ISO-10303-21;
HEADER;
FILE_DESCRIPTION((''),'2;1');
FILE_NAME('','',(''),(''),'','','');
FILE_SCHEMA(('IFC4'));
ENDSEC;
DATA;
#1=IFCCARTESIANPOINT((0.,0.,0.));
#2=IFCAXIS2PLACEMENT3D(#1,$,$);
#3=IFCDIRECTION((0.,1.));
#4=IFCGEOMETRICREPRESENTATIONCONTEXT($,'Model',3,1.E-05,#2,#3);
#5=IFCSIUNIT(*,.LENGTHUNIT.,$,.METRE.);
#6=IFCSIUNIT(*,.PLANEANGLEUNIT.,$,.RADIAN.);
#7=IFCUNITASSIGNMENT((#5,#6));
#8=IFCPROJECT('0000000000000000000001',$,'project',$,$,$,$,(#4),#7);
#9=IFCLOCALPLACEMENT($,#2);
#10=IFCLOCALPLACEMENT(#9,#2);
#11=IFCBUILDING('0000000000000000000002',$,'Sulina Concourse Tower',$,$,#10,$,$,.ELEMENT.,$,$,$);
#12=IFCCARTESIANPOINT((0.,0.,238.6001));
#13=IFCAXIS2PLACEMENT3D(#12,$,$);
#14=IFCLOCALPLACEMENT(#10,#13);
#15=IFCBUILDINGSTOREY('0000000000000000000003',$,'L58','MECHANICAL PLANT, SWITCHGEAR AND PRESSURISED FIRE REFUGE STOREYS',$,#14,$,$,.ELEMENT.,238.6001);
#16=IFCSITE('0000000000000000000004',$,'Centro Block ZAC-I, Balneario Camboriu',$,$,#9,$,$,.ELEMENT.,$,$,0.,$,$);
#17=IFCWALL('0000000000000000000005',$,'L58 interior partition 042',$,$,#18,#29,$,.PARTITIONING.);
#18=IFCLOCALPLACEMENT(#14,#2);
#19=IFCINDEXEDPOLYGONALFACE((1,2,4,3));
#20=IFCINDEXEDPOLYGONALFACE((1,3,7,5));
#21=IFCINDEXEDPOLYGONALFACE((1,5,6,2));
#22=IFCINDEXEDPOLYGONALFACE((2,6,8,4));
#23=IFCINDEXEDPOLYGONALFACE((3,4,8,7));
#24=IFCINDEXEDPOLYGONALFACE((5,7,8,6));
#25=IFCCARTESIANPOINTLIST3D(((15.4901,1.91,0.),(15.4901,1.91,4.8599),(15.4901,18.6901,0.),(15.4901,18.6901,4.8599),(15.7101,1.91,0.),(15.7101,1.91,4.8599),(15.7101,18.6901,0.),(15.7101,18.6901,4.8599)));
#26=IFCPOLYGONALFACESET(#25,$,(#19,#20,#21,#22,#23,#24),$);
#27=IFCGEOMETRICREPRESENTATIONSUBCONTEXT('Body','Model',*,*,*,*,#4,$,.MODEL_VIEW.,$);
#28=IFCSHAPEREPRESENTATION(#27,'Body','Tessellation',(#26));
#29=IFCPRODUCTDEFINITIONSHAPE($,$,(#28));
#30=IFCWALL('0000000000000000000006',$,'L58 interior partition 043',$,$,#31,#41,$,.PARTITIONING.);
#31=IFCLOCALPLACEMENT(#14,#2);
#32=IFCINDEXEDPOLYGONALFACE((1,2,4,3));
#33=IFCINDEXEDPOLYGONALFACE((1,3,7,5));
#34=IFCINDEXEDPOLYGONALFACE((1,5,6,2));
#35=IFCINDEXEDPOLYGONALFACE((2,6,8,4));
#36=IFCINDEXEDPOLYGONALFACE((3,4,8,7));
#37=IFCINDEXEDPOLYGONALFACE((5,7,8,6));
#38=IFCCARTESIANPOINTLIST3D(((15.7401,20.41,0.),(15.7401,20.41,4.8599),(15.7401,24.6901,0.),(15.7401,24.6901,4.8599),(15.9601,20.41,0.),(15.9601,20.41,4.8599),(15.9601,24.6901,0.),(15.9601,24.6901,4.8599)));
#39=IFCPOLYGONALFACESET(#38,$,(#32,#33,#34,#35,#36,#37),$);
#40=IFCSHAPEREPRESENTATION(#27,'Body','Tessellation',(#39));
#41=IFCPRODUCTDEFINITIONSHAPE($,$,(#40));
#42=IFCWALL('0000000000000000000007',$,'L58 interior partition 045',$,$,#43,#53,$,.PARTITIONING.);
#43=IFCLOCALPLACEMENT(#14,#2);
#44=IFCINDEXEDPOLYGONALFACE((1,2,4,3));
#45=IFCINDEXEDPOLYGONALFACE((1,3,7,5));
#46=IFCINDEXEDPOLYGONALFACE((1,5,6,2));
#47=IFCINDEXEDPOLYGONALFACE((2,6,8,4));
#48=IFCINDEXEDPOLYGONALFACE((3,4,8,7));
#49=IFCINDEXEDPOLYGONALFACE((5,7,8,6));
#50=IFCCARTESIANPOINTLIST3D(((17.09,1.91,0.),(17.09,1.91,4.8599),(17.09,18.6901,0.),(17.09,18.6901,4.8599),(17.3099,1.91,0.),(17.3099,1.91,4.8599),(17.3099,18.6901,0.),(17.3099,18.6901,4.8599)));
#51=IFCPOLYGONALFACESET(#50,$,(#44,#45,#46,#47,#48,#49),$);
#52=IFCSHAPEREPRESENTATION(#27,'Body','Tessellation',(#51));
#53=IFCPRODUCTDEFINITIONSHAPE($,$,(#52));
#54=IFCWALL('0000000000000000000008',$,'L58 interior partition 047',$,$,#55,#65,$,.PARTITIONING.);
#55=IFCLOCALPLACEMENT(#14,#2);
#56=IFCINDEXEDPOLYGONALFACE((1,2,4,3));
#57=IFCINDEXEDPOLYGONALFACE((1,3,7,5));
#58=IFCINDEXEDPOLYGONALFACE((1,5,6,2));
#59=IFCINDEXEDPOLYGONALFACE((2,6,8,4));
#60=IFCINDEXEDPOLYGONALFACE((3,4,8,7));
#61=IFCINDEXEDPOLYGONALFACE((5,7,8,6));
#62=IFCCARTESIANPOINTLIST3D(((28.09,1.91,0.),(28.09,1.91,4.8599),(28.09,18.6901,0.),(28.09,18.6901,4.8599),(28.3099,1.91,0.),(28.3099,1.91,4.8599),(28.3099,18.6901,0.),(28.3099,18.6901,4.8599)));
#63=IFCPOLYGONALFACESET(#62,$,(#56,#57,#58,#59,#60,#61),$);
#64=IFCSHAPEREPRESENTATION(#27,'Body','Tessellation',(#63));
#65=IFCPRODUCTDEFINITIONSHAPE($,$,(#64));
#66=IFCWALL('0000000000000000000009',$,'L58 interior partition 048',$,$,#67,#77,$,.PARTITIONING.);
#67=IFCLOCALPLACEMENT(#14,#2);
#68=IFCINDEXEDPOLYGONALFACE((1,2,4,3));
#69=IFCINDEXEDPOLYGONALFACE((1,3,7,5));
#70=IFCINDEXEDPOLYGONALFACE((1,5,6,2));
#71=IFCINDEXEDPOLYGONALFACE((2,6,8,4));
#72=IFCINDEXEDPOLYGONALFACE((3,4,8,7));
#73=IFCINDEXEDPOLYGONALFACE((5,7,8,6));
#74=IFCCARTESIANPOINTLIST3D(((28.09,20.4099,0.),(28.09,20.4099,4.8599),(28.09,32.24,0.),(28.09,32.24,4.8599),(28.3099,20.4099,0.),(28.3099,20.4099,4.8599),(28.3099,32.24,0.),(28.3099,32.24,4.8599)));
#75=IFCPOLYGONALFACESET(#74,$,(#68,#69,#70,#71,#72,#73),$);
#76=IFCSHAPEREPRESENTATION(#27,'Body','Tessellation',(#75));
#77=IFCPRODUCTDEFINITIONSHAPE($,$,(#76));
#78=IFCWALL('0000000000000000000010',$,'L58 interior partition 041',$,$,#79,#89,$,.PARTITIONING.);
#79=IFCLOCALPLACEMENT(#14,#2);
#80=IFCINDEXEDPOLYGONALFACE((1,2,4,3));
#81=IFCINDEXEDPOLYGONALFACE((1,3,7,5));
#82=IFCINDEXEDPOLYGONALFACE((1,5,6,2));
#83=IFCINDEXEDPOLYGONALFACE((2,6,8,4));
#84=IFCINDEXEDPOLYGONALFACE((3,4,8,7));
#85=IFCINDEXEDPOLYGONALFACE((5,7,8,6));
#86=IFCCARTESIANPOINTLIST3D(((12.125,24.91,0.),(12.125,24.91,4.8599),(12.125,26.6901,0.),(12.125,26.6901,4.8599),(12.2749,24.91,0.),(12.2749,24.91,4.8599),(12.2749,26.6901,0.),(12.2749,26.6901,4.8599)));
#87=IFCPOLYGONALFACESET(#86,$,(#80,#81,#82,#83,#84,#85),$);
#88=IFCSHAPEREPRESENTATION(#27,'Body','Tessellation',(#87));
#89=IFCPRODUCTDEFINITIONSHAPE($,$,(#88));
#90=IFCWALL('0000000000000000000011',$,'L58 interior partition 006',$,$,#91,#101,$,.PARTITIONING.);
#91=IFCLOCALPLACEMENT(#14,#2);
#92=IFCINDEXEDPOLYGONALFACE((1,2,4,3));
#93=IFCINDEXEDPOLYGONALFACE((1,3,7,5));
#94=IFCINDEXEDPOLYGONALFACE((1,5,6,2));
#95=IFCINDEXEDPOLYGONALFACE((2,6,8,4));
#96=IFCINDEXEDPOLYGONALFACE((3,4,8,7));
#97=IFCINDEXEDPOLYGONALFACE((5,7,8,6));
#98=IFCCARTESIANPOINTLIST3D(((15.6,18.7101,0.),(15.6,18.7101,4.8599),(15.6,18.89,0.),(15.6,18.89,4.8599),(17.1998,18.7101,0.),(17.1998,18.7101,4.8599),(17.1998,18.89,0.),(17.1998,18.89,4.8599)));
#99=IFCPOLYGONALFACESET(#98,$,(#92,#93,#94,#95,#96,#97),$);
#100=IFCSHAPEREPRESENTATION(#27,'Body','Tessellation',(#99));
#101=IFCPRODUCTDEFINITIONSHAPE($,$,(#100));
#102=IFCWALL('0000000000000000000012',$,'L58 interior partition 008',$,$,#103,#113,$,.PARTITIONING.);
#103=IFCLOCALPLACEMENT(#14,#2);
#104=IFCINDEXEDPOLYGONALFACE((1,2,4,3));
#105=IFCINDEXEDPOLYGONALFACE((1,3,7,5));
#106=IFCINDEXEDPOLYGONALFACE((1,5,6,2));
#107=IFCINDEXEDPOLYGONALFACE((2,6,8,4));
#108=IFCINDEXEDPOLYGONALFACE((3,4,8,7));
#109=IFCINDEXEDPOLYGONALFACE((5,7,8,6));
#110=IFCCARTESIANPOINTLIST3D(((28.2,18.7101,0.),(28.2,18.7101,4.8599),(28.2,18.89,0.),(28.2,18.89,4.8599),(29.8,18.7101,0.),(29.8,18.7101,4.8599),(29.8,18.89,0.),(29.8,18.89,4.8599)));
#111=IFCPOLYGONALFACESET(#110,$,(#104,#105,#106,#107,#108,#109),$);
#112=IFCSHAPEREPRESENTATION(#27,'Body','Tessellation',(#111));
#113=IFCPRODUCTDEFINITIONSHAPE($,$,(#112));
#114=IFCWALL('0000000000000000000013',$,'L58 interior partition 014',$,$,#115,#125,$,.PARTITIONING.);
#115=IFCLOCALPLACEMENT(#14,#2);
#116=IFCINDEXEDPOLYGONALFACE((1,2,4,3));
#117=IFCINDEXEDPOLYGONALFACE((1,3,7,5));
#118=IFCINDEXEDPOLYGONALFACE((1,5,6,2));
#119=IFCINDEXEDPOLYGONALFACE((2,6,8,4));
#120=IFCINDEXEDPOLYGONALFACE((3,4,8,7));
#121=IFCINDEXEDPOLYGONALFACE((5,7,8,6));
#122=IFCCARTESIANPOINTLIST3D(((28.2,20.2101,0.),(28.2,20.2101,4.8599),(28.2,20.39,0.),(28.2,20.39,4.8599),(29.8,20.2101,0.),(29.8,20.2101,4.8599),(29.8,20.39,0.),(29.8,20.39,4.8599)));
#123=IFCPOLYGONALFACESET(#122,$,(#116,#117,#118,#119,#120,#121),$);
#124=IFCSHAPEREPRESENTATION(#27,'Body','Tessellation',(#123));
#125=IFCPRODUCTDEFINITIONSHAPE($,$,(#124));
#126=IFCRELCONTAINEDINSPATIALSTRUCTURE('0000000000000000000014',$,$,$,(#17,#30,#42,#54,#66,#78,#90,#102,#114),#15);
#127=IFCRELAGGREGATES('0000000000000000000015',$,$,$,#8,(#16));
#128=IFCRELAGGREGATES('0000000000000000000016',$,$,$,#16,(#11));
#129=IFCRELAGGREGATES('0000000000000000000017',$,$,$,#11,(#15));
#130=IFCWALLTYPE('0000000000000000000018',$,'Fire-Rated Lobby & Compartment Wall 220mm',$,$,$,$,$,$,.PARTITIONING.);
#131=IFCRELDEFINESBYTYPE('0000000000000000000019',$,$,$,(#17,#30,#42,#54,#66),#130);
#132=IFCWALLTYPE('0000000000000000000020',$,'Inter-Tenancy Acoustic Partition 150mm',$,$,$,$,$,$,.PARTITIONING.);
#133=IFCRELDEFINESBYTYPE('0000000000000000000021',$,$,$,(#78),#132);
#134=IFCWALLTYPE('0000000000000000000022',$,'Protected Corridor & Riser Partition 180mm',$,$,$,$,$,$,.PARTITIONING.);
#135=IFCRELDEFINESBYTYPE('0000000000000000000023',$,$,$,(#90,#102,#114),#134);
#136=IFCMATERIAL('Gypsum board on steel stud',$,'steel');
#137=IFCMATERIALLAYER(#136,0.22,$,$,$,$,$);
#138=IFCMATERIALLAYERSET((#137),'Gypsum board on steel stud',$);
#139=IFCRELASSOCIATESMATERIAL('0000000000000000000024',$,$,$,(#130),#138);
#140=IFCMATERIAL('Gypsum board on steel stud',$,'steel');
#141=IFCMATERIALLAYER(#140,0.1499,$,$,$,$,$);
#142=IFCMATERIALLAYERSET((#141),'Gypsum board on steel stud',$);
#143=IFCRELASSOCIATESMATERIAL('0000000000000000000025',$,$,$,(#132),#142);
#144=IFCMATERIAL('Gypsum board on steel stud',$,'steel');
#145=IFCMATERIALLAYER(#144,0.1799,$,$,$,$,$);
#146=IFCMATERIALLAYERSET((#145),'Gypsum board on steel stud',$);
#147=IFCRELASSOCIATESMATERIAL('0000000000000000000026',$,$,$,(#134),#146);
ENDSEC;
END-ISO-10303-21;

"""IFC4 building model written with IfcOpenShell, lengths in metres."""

from ifc_helpers import new_model, si_unit, direction, frame, frame_2d, origin, place, context, subcontext, project, spatial, rectangle, extrude, material, layer, layer_set, type_object, element, save


model = new_model("IFC4")

# Units and contexts
model_context = context("Model", 3, precision=1e-05, world=origin(), true_north=direction((0.0, 1.0)))
body_context = subcontext(model_context, "Body", "Model", "MODEL_VIEW")
ifc_project = project(units=[si_unit("LENGTHUNIT", "METRE"), si_unit("PLANEANGLEUNIT", "RADIAN")], contexts=[model_context])

# Site, building, storey
site_placement = place(None, origin())
site = spatial("IfcSite", under=ifc_project, at=site_placement, Name="Centro Block ZAC-I, Balneario Camboriu", CompositionType="ELEMENT", RefElevation=0.0)
building_placement = place(site_placement, origin())
building = spatial("IfcBuilding", under=site, at=building_placement, Name="Sulina Concourse Tower", CompositionType="ELEMENT")
storey_placement = place(building_placement, frame((0.0, 0.0, 238.6001)))
storey = spatial("IfcBuildingStorey", under=building, at=storey_placement, Name="L58", Description="MECHANICAL PLANT, SWITCHGEAR AND PRESSURISED FIRE REFUGE STOREYS", CompositionType="ELEMENT", Elevation=238.6001)

# Shared definitions
ifc_material_1 = material(Name="Gypsum board on steel stud", Category="steel")
ifc_layer_1 = layer(ifc_material_1, 0.22)
ifc_layer_set_1 = layer_set([ifc_layer_1], Name="Gypsum board on steel stud")
wall_type_1 = type_object("IfcWallType", Name="Fire-Rated Lobby & Compartment Wall 220mm", PredefinedType="PARTITIONING", material=ifc_layer_set_1)

# Walls
wall_1_placement = place(storey_placement, frame((15.6001, 1.9099, 0.0), z_axis=(0.0, 0.0, 1.0), x_axis=(0.0, 1.0, 0.0)))
element("IfcWall", 1, at=wall_1_placement, inside=storey, type_object=wall_type_1, Name="L58 interior partition 042", PredefinedType="PARTITIONING", context=body_context, shape_type="SweptSolid", body=[
    extrude(rectangle(XDim=16.78, YDim=0.22, at=frame_2d((8.3901, 0.0))), origin(), (0.0, 0.0, 1.0), 4.8599),
])
wall_2_placement = place(storey_placement, frame((15.8501, 20.4099, 0.0), z_axis=(0.0, 0.0, 1.0), x_axis=(0.0, 1.0, 0.0)))
element("IfcWall", 2, at=wall_2_placement, inside=storey, type_object=wall_type_1, Name="L58 interior partition 043", PredefinedType="PARTITIONING", context=body_context, shape_type="SweptSolid", body=[
    extrude(rectangle(XDim=4.28, YDim=0.22, at=frame_2d((2.1401, 0.0))), origin(), (0.0, 0.0, 1.0), 4.8599),
])
for number, where, z_axis, x_axis, name in (
    (3, (17.2, 1.9099, 0.0), (0.0, 0.0, 1.0), (0.0, 1.0, 0.0), "L58 interior partition 045"),
    (4, (28.2, 1.9099, 0.0), (0.0, 0.0, 1.0), (0.0, 1.0, 0.0), "L58 interior partition 047"),
):
    element("IfcWall", number, at=place(storey_placement, frame(where, z_axis=z_axis, x_axis=x_axis)), inside=storey, type_object=wall_type_1, Name=name, PredefinedType="PARTITIONING", context=body_context, shape_type="SweptSolid", body=[
        extrude(rectangle(XDim=16.78, YDim=0.22, at=frame_2d((8.3901, 0.0))), origin(), (0.0, 0.0, 1.0), 4.8599),
    ])
wall_3_placement = place(storey_placement, frame((28.2, 20.4099, 0.0), z_axis=(0.0, 0.0, 1.0), x_axis=(0.0, 1.0, 0.0)))
element("IfcWall", 5, at=wall_3_placement, inside=storey, type_object=wall_type_1, Name="L58 interior partition 048", PredefinedType="PARTITIONING", context=body_context, shape_type="SweptSolid", body=[
    extrude(rectangle(XDim=11.8301, YDim=0.22, at=frame_2d((5.915, 0.0))), origin(), (0.0, 0.0, 1.0), 4.8599),
])
ifc_material_2 = material(Name="Gypsum board on steel stud", Category="steel")
ifc_layer_2 = layer(ifc_material_2, 0.1499)
ifc_layer_set_2 = layer_set([ifc_layer_2], Name="Gypsum board on steel stud")
wall_type_2 = type_object("IfcWallType", Name="Inter-Tenancy Acoustic Partition 150mm", PredefinedType="PARTITIONING", material=ifc_layer_set_2)
wall_4_placement = place(storey_placement, frame((12.2, 24.9099, 0.0), z_axis=(0.0, 0.0, 1.0), x_axis=(0.0, 1.0, 0.0)))
element("IfcWall", 6, at=wall_4_placement, inside=storey, type_object=wall_type_2, Name="L58 interior partition 041", PredefinedType="PARTITIONING", context=body_context, shape_type="SweptSolid", body=[
    extrude(rectangle(XDim=1.78, YDim=0.1499, at=frame_2d((0.8901, 0.0))), origin(), (0.0, 0.0, 1.0), 4.8599),
])
ifc_material_3 = material(Name="Gypsum board on steel stud", Category="steel")
ifc_layer_3 = layer(ifc_material_3, 0.1799)
ifc_layer_set_3 = layer_set([ifc_layer_3], Name="Gypsum board on steel stud")
wall_type_3 = type_object("IfcWallType", Name="Protected Corridor & Riser Partition 180mm", PredefinedType="PARTITIONING", material=ifc_layer_set_3)
wall_5_placement = place(storey_placement, frame((15.6001, 18.8, 0.0), z_axis=(0.0, 0.0, 1.0), x_axis=(1.0, 0.0, 0.0)))
element("IfcWall", 7, at=wall_5_placement, inside=storey, type_object=wall_type_3, Name="L58 interior partition 006", PredefinedType="PARTITIONING", context=body_context, shape_type="SweptSolid", body=[
    extrude(rectangle(XDim=1.5999, YDim=0.1799, at=frame_2d((0.7998, 0.0))), origin(), (0.0, 0.0, 1.0), 4.8599),
])
for number, where, z_axis, x_axis, name in (
    (8, (28.2, 18.8, 0.0), (0.0, 0.0, 1.0), (1.0, 0.0, 0.0), "L58 interior partition 008"),
    (9, (28.2, 20.3, 0.0), (0.0, 0.0, 1.0), (1.0, 0.0, 0.0), "L58 interior partition 014"),
):
    element("IfcWall", number, at=place(storey_placement, frame(where, z_axis=z_axis, x_axis=x_axis)), inside=storey, type_object=wall_type_3, Name=name, PredefinedType="PARTITIONING", context=body_context, shape_type="SweptSolid", body=[
        extrude(rectangle(XDim=1.6001, YDim=0.1799, at=frame_2d((0.8, 0.0))), origin(), (0.0, 0.0, 1.0), 4.8599),
    ])

save(model, "model.ifc")
